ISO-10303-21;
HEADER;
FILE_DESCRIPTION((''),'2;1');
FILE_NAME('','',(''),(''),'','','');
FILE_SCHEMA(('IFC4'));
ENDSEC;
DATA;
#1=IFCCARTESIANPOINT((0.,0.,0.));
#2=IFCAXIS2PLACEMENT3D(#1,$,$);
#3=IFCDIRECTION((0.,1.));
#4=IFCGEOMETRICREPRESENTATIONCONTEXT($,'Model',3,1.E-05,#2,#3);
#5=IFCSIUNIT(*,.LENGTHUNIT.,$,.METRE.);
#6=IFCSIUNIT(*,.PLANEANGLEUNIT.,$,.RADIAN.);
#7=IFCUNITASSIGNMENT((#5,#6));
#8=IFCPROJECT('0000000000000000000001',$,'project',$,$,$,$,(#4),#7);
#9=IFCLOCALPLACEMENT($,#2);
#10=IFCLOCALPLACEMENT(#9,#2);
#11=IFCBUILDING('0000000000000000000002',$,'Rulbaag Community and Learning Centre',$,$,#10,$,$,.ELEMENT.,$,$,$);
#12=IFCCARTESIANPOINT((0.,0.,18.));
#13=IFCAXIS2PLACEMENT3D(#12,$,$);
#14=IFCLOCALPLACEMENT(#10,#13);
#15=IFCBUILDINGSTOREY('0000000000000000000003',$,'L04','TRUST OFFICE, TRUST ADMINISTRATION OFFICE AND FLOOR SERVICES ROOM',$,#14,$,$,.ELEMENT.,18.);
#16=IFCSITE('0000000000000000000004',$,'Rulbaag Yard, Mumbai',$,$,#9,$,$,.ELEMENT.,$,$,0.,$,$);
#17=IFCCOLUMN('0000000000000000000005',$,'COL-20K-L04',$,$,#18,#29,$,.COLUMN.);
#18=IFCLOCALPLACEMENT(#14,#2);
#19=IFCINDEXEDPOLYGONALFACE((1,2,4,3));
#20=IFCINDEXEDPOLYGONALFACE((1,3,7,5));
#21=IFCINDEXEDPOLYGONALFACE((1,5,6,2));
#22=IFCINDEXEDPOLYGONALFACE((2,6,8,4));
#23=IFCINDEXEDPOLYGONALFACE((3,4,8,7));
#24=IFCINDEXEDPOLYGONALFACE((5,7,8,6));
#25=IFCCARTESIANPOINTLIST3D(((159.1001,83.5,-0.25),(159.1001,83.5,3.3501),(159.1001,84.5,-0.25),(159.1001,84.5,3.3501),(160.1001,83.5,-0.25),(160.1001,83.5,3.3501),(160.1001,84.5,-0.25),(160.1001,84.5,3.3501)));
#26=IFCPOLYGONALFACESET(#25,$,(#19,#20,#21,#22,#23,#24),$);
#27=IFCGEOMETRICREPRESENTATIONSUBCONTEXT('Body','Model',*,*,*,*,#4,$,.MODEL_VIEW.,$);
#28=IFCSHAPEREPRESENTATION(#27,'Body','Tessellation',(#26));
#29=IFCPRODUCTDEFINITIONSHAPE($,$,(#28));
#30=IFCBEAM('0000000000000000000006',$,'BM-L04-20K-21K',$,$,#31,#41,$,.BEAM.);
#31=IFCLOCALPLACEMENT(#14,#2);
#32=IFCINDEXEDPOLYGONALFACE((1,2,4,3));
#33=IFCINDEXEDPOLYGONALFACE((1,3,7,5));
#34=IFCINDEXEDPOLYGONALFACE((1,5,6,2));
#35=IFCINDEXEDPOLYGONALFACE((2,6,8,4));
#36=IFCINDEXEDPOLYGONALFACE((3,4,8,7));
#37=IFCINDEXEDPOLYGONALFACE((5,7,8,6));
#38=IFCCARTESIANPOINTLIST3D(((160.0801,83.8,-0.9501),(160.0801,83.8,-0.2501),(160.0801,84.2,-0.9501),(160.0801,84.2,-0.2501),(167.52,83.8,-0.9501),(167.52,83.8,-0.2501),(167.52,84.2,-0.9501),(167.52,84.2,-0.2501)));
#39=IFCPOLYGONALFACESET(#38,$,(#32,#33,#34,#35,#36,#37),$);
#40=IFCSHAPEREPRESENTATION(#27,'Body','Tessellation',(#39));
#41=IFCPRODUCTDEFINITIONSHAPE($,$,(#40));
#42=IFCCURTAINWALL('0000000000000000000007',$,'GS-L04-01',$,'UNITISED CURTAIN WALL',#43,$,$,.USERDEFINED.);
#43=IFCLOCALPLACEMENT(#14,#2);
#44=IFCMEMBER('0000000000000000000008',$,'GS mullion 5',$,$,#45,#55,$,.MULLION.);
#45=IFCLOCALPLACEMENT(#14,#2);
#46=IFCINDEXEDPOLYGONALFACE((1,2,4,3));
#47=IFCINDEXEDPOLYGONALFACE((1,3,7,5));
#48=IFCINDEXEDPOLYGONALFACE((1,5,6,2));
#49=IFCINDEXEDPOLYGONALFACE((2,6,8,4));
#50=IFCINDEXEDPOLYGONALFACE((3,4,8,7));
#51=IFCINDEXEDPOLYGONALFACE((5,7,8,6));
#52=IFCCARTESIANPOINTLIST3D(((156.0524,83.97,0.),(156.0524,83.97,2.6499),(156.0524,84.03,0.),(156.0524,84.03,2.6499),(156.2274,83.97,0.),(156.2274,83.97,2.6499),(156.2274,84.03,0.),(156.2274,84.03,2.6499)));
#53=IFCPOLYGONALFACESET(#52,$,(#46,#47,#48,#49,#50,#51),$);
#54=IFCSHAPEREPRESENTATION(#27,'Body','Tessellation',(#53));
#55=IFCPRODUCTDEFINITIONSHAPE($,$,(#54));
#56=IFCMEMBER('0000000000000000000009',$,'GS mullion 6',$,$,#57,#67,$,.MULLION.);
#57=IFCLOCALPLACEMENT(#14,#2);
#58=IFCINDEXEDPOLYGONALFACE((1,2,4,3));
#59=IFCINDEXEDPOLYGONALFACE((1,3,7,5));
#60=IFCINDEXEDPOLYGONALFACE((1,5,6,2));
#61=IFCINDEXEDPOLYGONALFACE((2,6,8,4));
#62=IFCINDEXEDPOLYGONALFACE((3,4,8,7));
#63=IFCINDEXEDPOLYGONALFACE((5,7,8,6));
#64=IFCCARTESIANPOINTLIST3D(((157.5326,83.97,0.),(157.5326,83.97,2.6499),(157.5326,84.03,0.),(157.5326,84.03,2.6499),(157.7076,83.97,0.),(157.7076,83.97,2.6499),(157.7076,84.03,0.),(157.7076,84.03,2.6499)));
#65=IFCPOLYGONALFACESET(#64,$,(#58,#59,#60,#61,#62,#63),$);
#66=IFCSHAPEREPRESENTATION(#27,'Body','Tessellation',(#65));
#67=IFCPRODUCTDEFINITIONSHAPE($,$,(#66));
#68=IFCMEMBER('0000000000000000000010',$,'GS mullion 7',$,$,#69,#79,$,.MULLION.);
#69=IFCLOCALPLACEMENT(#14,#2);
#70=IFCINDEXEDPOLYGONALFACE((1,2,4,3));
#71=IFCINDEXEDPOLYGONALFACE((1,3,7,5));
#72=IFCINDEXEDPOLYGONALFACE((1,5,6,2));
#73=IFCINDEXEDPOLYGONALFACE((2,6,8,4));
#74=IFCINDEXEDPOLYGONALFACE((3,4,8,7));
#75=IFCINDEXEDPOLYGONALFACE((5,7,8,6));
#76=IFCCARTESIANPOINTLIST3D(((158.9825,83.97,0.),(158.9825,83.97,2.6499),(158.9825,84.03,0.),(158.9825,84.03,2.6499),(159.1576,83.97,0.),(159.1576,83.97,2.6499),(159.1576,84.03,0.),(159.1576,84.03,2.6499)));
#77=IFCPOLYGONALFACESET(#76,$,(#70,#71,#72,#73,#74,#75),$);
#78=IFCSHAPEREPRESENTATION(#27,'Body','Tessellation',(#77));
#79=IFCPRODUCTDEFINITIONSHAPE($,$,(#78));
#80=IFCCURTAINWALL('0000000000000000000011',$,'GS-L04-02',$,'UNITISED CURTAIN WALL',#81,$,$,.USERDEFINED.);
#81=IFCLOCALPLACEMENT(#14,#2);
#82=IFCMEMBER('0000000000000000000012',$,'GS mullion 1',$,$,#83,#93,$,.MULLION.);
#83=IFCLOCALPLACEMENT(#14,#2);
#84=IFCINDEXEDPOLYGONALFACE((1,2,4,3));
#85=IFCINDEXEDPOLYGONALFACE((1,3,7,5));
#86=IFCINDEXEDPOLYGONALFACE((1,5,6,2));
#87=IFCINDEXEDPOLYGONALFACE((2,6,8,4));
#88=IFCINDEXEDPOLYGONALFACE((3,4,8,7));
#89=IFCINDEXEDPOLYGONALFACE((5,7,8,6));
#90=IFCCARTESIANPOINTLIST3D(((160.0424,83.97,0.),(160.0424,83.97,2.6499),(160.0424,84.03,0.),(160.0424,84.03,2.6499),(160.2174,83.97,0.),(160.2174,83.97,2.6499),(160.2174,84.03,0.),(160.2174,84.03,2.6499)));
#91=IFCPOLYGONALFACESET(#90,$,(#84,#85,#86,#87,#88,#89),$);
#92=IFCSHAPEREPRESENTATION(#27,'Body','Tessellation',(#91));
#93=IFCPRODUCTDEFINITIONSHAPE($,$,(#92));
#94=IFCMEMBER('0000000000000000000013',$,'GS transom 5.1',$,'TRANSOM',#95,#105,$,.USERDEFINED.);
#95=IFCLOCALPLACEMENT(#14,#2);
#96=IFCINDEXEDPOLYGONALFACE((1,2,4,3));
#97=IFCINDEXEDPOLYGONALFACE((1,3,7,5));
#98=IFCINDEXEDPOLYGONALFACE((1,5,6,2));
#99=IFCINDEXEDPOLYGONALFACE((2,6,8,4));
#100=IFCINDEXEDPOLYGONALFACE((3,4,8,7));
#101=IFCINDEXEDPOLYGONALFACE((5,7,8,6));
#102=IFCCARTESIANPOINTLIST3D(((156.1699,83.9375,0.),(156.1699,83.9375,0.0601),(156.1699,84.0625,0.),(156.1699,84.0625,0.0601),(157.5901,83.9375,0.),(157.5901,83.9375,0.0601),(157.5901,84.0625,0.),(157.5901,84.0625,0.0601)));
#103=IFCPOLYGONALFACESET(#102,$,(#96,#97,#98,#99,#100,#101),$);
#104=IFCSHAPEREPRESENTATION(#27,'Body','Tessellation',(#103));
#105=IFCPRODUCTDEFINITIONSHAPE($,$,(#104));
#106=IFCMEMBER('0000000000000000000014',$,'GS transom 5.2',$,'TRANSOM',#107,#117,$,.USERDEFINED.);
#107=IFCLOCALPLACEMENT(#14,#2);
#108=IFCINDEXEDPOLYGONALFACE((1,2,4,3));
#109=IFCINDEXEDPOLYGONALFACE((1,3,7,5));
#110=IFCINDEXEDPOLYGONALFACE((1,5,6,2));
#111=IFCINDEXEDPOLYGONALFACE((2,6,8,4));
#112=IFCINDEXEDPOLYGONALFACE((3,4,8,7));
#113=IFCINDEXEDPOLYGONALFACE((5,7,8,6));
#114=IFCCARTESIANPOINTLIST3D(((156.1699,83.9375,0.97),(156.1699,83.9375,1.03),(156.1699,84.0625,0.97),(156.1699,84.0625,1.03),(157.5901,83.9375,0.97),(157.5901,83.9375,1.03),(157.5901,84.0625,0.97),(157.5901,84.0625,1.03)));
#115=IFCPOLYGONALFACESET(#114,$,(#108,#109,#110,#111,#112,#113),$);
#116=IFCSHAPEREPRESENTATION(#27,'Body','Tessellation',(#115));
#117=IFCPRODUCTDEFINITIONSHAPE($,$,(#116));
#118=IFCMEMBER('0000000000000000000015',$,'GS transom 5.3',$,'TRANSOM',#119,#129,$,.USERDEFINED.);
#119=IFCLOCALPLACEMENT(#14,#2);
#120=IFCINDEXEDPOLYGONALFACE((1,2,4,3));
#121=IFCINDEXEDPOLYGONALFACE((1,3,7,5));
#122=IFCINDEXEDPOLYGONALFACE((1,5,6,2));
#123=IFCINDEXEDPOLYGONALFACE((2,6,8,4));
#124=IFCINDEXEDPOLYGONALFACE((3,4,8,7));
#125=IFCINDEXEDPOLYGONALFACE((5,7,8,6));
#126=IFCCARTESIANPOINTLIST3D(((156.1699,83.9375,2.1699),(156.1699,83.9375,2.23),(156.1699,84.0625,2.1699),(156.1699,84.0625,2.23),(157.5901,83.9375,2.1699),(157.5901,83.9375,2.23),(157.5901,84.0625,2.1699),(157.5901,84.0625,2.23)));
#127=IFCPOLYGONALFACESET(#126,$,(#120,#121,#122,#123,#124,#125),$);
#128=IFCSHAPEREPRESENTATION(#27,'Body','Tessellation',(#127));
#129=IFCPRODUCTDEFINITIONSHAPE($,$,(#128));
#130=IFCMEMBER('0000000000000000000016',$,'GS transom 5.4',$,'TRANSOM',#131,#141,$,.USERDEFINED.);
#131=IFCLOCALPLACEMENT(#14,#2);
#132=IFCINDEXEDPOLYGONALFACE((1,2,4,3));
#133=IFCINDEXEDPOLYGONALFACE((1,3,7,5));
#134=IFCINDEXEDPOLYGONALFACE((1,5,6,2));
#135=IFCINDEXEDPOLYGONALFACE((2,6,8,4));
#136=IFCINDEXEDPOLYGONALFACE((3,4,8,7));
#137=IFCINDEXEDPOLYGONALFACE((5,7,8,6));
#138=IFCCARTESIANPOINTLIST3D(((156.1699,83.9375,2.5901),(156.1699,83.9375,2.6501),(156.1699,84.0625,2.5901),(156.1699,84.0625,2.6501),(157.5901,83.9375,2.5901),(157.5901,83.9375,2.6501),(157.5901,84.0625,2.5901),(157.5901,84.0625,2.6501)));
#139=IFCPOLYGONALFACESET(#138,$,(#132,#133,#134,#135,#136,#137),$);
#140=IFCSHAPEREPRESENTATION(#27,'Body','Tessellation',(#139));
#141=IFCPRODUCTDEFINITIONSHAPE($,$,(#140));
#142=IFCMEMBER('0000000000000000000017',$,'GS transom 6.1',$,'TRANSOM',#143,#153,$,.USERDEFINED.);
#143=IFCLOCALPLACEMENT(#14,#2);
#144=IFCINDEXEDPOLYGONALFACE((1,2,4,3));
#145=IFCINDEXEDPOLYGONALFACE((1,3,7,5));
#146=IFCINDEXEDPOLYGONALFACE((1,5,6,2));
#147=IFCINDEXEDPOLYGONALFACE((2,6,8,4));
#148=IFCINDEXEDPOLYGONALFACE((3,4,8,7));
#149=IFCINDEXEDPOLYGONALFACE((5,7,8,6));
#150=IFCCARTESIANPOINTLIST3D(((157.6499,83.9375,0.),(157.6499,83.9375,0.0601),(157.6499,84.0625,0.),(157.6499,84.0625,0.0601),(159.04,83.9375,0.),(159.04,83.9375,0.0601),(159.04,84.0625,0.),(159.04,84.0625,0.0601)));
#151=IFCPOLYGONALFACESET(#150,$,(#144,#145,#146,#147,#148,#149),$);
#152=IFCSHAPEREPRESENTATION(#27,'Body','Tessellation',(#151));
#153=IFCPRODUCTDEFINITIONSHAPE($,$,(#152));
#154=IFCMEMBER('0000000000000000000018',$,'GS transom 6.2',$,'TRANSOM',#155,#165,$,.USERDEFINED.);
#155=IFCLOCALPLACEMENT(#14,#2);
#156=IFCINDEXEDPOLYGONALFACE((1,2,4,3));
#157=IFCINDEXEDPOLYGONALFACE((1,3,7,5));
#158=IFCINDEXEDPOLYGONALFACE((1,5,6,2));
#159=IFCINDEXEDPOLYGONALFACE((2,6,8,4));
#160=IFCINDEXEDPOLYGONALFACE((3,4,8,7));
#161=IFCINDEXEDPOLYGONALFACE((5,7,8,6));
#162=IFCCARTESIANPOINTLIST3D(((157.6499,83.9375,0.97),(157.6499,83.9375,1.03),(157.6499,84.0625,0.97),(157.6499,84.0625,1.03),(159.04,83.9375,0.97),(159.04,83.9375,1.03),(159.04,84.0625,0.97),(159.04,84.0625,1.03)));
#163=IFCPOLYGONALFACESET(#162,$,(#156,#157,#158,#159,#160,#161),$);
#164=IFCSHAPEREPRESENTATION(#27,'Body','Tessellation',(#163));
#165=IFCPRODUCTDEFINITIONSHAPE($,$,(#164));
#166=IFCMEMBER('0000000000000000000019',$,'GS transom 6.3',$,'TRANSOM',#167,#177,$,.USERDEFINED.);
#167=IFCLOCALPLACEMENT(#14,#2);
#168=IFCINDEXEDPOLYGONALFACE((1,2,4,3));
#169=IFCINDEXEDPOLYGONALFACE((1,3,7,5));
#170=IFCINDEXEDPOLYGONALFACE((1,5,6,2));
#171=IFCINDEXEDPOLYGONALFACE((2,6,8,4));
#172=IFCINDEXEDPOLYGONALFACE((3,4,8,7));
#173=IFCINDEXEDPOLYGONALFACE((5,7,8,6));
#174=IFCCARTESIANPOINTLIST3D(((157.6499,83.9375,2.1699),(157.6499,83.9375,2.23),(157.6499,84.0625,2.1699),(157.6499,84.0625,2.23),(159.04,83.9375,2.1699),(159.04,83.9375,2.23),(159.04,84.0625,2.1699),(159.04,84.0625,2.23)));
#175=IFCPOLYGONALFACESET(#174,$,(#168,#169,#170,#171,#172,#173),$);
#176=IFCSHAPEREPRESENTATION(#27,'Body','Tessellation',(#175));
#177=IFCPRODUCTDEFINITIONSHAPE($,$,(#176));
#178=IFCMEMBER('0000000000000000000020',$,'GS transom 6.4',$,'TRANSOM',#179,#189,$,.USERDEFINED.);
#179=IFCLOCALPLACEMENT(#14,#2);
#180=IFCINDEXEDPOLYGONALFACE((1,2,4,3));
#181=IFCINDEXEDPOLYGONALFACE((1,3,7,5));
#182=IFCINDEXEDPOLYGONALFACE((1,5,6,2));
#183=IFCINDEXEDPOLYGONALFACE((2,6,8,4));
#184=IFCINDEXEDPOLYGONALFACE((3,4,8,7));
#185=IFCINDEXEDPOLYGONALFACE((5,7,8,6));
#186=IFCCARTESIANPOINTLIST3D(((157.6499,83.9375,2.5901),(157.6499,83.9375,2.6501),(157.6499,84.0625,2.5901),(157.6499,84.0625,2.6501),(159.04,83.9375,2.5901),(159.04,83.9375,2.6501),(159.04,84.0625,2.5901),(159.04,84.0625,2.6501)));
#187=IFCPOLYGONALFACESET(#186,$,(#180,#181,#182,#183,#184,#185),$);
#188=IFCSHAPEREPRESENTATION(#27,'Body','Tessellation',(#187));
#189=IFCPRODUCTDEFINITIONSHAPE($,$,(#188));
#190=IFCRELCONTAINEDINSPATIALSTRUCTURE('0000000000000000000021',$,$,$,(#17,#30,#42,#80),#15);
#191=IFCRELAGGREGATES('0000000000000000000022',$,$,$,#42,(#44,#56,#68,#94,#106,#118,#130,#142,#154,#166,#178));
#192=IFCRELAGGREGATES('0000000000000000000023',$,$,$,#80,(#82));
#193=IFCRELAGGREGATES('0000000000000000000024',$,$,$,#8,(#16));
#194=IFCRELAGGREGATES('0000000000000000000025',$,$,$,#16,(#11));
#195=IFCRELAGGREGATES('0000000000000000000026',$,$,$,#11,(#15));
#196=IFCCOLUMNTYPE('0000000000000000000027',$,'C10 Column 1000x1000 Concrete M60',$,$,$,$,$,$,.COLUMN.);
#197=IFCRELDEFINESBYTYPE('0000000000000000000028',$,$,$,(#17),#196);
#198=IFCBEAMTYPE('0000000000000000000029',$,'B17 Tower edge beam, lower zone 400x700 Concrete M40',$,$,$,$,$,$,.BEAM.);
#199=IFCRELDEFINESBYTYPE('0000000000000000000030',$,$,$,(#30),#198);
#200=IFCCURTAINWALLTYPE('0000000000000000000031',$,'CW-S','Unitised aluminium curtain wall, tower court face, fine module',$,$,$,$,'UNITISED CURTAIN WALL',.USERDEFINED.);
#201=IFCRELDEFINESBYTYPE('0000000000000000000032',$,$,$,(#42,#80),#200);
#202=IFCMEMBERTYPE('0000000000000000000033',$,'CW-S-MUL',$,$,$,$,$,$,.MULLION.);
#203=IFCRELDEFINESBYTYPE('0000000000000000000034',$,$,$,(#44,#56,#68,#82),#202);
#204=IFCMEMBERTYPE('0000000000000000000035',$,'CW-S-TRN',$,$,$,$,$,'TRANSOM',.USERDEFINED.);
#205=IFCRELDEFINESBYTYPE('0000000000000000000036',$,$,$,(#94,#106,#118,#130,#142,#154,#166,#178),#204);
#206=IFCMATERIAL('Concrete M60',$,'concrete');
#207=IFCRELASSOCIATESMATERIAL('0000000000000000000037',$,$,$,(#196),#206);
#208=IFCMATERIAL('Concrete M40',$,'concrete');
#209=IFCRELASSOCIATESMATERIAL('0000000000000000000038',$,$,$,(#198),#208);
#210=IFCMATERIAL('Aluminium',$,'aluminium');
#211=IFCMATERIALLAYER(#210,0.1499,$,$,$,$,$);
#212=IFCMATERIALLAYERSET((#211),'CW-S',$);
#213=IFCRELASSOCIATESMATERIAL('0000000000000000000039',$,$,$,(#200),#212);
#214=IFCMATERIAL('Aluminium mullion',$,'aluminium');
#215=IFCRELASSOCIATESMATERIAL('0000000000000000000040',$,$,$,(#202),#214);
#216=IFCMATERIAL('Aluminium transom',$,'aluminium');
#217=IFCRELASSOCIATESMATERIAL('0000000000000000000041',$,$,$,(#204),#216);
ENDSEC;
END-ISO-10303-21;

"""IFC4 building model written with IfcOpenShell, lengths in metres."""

from ifc_helpers import new_model, si_unit, direction, frame, origin, origin_2d, place, context, subcontext, project, spatial, rectangle, extrude, material, layer, layer_set, material_profile, profile_set, type_object, element, aggregate, save


model = new_model("IFC4")

# Units and contexts
model_context = context("Model", 3, precision=1e-05, world=origin(), true_north=direction((0.0, 1.0)))
body_context = subcontext(model_context, "Body", "Model", "MODEL_VIEW")
ifc_project = project(units=[si_unit("LENGTHUNIT", "METRE"), si_unit("PLANEANGLEUNIT", "RADIAN")], contexts=[model_context])

# Site, building, storey
site_placement = place(None, origin())
site = spatial("IfcSite", under=ifc_project, at=site_placement, Name="Rulbaag Yard, Mumbai", CompositionType="ELEMENT", RefElevation=0.0)
building_placement = place(site_placement, origin())
building = spatial("IfcBuilding", under=site, at=building_placement, Name="Rulbaag Community and Learning Centre", CompositionType="ELEMENT")
storey_placement = place(building_placement, frame((0.0, 0.0, 18.0)))
storey = spatial("IfcBuildingStorey", under=building, at=storey_placement, Name="L04", Description="TRUST OFFICE, TRUST ADMINISTRATION OFFICE AND FLOOR SERVICES ROOM", CompositionType="ELEMENT", Elevation=18.0)

# Column
ifc_material_1 = material(Name="Concrete M60", Category="concrete")
ifc_material_profile_1 = material_profile(ifc_material_1, rectangle(XDim=1.0, YDim=1.0, at=origin_2d()), Name="RC1000x1000")
ifc_profile_set_1 = profile_set([ifc_material_profile_1], Name="Concrete M60")
column_type = type_object("IfcColumnType", Name="C10 Column 1000x1000 Concrete M60", PredefinedType="COLUMN", material=ifc_profile_set_1)
column_placement = place(storey_placement, frame((159.6001, 84.0, -0.25), z_axis=(0.0, 0.0, 1.0), x_axis=(1.0, 0.0, 0.0)))
element("IfcColumn", 1, at=column_placement, inside=storey, type_object=column_type, Name="COL-20K-L04", PredefinedType="COLUMN", context=body_context, shape_type="SweptSolid", body=[
    extrude(rectangle(XDim=1.0, YDim=1.0, at=origin_2d()), origin(), (0.0, 0.0, 1.0), 3.6001),
])

# Beam
ifc_material_2 = material(Name="Concrete M40", Category="concrete")
ifc_material_profile_2 = material_profile(ifc_material_2, rectangle(XDim=0.3999, YDim=0.7, at=origin_2d()), Name="RB400x700")
ifc_profile_set_2 = profile_set([ifc_material_profile_2], Name="Concrete M40")
beam_type = type_object("IfcBeamType", Name="B17 Tower edge beam, lower zone 400x700 Concrete M40", PredefinedType="BEAM", material=ifc_profile_set_2)
beam_placement = place(storey_placement, frame((160.0801, 84.0, -0.6001), z_axis=(1.0, 0.0, 0.0), x_axis=(0.0, 1.0, 0.0)))
element("IfcBeam", 2, at=beam_placement, inside=storey, type_object=beam_type, Name="BM-L04-20K-21K", PredefinedType="BEAM", context=body_context, shape_type="SweptSolid", body=[
    extrude(rectangle(XDim=0.3999, YDim=0.7, at=origin_2d()), origin(), (0.0, 0.0, 1.0), 7.4399),
])

# Curtain wall, members
ifc_material_3 = material(Name="Aluminium", Category="aluminium")
ifc_layer_1 = layer(ifc_material_3, 0.1499)
ifc_layer_set_1 = layer_set([ifc_layer_1], Name="CW-S")
curtain_wall_type = type_object("IfcCurtainWallType", Name="CW-S", Description="Unitised aluminium curtain wall, tower court face, fine module", ElementType="UNITISED CURTAIN WALL", PredefinedType="USERDEFINED", material=ifc_layer_set_1)
curtain_wall_1_placement = place(storey_placement, origin())
curtain_wall_1 = element("IfcCurtainWall", 3, at=curtain_wall_1_placement, inside=storey, type_object=curtain_wall_type, Name="GS-L04-01", ObjectType="UNITISED CURTAIN WALL", PredefinedType="USERDEFINED")
ifc_material_4 = material(Name="Aluminium mullion", Category="aluminium")
ifc_material_profile_3 = material_profile(ifc_material_4, rectangle(XDim=0.0601, YDim=0.175, at=origin_2d()), Name="AL 60x175")
ifc_profile_set_3 = profile_set([ifc_material_profile_3], Name="Aluminium mullion")
member_type_1 = type_object("IfcMemberType", Name="CW-S-MUL", PredefinedType="MULLION", material=ifc_profile_set_3)
member_1_placement = place(storey_placement, frame((156.1399, 84.0, 0.0), z_axis=(0.0, 0.0, 1.0), x_axis=(0.0, 1.0, 0.0)))
member_1 = element("IfcMember", 4, at=member_1_placement, type_object=member_type_1, Name="GS mullion 5", PredefinedType="MULLION", context=body_context, shape_type="SweptSolid", body=[
    extrude(rectangle(XDim=0.0601, YDim=0.175, at=origin_2d()), origin(), (0.0, 0.0, 1.0), 2.6499),
])
member_2_placement = place(storey_placement, frame((157.6201, 84.0, 0.0), z_axis=(0.0, 0.0, 1.0), x_axis=(0.0, 1.0, 0.0)))
member_2 = element("IfcMember", 5, at=member_2_placement, type_object=member_type_1, Name="GS mullion 6", PredefinedType="MULLION", context=body_context, shape_type="SweptSolid", body=[
    extrude(rectangle(XDim=0.0601, YDim=0.175, at=origin_2d()), origin(), (0.0, 0.0, 1.0), 2.6499),
])
member_3_placement = place(storey_placement, frame((159.0701, 84.0, 0.0), z_axis=(0.0, 0.0, 1.0), x_axis=(0.0, 1.0, 0.0)))
member_3 = element("IfcMember", 6, at=member_3_placement, type_object=member_type_1, Name="GS mullion 7", PredefinedType="MULLION", context=body_context, shape_type="SweptSolid", body=[
    extrude(rectangle(XDim=0.0601, YDim=0.175, at=origin_2d()), origin(), (0.0, 0.0, 1.0), 2.6499),
])

# Curtain wall, member
curtain_wall_2_placement = place(storey_placement, origin())
curtain_wall_2 = element("IfcCurtainWall", 7, at=curtain_wall_2_placement, inside=storey, type_object=curtain_wall_type, Name="GS-L04-02", ObjectType="UNITISED CURTAIN WALL", PredefinedType="USERDEFINED")
member_4_placement = place(storey_placement, frame((160.1299, 84.0, 0.0), z_axis=(0.0, 0.0, 1.0), x_axis=(0.0, 1.0, 0.0)))
member_4 = element("IfcMember", 8, at=member_4_placement, type_object=member_type_1, Name="GS mullion 1", PredefinedType="MULLION", context=body_context, shape_type="SweptSolid", body=[
    extrude(rectangle(XDim=0.0601, YDim=0.175, at=origin_2d()), origin(), (0.0, 0.0, 1.0), 2.6499),
])

# Members
ifc_material_5 = material(Name="Aluminium transom", Category="aluminium")
ifc_material_profile_4 = material_profile(ifc_material_5, rectangle(XDim=0.125, YDim=0.0601, at=origin_2d()), Name="AL 60x125 T")
ifc_profile_set_4 = profile_set([ifc_material_profile_4], Name="Aluminium transom")
member_type_2 = type_object("IfcMemberType", Name="CW-S-TRN", ElementType="TRANSOM", PredefinedType="USERDEFINED", material=ifc_profile_set_4)
member_5_placement = place(storey_placement, frame((156.1699, 84.0, 0.03), z_axis=(1.0, 0.0, 0.0), x_axis=(0.0, 1.0, 0.0)))
member_5 = element("IfcMember", 9, at=member_5_placement, type_object=member_type_2, Name="GS transom 5.1", ObjectType="TRANSOM", PredefinedType="USERDEFINED", context=body_context, shape_type="SweptSolid", body=[
    extrude(rectangle(XDim=0.125, YDim=0.0601, at=origin_2d()), origin(), (0.0, 0.0, 1.0), 1.4202),
])
member_6_placement = place(storey_placement, frame((156.1699, 84.0, 1.0), z_axis=(1.0, 0.0, 0.0), x_axis=(0.0, 1.0, 0.0)))
member_6 = element("IfcMember", 10, at=member_6_placement, type_object=member_type_2, Name="GS transom 5.2", ObjectType="TRANSOM", PredefinedType="USERDEFINED", context=body_context, shape_type="SweptSolid", body=[
    extrude(rectangle(XDim=0.125, YDim=0.0601, at=origin_2d()), origin(), (0.0, 0.0, 1.0), 1.4202),
])
member_7_placement = place(storey_placement, frame((156.1699, 84.0, 2.2), z_axis=(1.0, 0.0, 0.0), x_axis=(0.0, 1.0, 0.0)))
member_7 = element("IfcMember", 11, at=member_7_placement, type_object=member_type_2, Name="GS transom 5.3", ObjectType="TRANSOM", PredefinedType="USERDEFINED", context=body_context, shape_type="SweptSolid", body=[
    extrude(rectangle(XDim=0.125, YDim=0.0601, at=origin_2d()), origin(), (0.0, 0.0, 1.0), 1.4202),
])
member_8_placement = place(storey_placement, frame((156.1699, 84.0, 2.6201), z_axis=(1.0, 0.0, 0.0), x_axis=(0.0, 1.0, 0.0)))
member_8 = element("IfcMember", 12, at=member_8_placement, type_object=member_type_2, Name="GS transom 5.4", ObjectType="TRANSOM", PredefinedType="USERDEFINED", context=body_context, shape_type="SweptSolid", body=[
    extrude(rectangle(XDim=0.125, YDim=0.0601, at=origin_2d()), origin(), (0.0, 0.0, 1.0), 1.4202),
])
member_9_placement = place(storey_placement, frame((157.6499, 84.0, 0.03), z_axis=(1.0, 0.0, 0.0), x_axis=(0.0, 1.0, 0.0)))
member_9 = element("IfcMember", 13, at=member_9_placement, type_object=member_type_2, Name="GS transom 6.1", ObjectType="TRANSOM", PredefinedType="USERDEFINED", context=body_context, shape_type="SweptSolid", body=[
    extrude(rectangle(XDim=0.125, YDim=0.0601, at=origin_2d()), origin(), (0.0, 0.0, 1.0), 1.3901),
])
member_10_placement = place(storey_placement, frame((157.6499, 84.0, 1.0), z_axis=(1.0, 0.0, 0.0), x_axis=(0.0, 1.0, 0.0)))
member_10 = element("IfcMember", 14, at=member_10_placement, type_object=member_type_2, Name="GS transom 6.2", ObjectType="TRANSOM", PredefinedType="USERDEFINED", context=body_context, shape_type="SweptSolid", body=[
    extrude(rectangle(XDim=0.125, YDim=0.0601, at=origin_2d()), origin(), (0.0, 0.0, 1.0), 1.3901),
])
member_11_placement = place(storey_placement, frame((157.6499, 84.0, 2.2), z_axis=(1.0, 0.0, 0.0), x_axis=(0.0, 1.0, 0.0)))
member_11 = element("IfcMember", 15, at=member_11_placement, type_object=member_type_2, Name="GS transom 6.3", ObjectType="TRANSOM", PredefinedType="USERDEFINED", context=body_context, shape_type="SweptSolid", body=[
    extrude(rectangle(XDim=0.125, YDim=0.0601, at=origin_2d()), origin(), (0.0, 0.0, 1.0), 1.3901),
])
member_12_placement = place(storey_placement, frame((157.6499, 84.0, 2.6201), z_axis=(1.0, 0.0, 0.0), x_axis=(0.0, 1.0, 0.0)))
member_12 = element("IfcMember", 16, at=member_12_placement, type_object=member_type_2, Name="GS transom 6.4", ObjectType="TRANSOM", PredefinedType="USERDEFINED", context=body_context, shape_type="SweptSolid", body=[
    extrude(rectangle(XDim=0.125, YDim=0.0601, at=origin_2d()), origin(), (0.0, 0.0, 1.0), 1.3901),
])

aggregate(curtain_wall_1, [member_1, member_2, member_3, member_5, member_6, member_7, member_8, member_9, member_10, member_11, member_12])
aggregate(curtain_wall_2, [member_4])

save(model, "model.ifc")
